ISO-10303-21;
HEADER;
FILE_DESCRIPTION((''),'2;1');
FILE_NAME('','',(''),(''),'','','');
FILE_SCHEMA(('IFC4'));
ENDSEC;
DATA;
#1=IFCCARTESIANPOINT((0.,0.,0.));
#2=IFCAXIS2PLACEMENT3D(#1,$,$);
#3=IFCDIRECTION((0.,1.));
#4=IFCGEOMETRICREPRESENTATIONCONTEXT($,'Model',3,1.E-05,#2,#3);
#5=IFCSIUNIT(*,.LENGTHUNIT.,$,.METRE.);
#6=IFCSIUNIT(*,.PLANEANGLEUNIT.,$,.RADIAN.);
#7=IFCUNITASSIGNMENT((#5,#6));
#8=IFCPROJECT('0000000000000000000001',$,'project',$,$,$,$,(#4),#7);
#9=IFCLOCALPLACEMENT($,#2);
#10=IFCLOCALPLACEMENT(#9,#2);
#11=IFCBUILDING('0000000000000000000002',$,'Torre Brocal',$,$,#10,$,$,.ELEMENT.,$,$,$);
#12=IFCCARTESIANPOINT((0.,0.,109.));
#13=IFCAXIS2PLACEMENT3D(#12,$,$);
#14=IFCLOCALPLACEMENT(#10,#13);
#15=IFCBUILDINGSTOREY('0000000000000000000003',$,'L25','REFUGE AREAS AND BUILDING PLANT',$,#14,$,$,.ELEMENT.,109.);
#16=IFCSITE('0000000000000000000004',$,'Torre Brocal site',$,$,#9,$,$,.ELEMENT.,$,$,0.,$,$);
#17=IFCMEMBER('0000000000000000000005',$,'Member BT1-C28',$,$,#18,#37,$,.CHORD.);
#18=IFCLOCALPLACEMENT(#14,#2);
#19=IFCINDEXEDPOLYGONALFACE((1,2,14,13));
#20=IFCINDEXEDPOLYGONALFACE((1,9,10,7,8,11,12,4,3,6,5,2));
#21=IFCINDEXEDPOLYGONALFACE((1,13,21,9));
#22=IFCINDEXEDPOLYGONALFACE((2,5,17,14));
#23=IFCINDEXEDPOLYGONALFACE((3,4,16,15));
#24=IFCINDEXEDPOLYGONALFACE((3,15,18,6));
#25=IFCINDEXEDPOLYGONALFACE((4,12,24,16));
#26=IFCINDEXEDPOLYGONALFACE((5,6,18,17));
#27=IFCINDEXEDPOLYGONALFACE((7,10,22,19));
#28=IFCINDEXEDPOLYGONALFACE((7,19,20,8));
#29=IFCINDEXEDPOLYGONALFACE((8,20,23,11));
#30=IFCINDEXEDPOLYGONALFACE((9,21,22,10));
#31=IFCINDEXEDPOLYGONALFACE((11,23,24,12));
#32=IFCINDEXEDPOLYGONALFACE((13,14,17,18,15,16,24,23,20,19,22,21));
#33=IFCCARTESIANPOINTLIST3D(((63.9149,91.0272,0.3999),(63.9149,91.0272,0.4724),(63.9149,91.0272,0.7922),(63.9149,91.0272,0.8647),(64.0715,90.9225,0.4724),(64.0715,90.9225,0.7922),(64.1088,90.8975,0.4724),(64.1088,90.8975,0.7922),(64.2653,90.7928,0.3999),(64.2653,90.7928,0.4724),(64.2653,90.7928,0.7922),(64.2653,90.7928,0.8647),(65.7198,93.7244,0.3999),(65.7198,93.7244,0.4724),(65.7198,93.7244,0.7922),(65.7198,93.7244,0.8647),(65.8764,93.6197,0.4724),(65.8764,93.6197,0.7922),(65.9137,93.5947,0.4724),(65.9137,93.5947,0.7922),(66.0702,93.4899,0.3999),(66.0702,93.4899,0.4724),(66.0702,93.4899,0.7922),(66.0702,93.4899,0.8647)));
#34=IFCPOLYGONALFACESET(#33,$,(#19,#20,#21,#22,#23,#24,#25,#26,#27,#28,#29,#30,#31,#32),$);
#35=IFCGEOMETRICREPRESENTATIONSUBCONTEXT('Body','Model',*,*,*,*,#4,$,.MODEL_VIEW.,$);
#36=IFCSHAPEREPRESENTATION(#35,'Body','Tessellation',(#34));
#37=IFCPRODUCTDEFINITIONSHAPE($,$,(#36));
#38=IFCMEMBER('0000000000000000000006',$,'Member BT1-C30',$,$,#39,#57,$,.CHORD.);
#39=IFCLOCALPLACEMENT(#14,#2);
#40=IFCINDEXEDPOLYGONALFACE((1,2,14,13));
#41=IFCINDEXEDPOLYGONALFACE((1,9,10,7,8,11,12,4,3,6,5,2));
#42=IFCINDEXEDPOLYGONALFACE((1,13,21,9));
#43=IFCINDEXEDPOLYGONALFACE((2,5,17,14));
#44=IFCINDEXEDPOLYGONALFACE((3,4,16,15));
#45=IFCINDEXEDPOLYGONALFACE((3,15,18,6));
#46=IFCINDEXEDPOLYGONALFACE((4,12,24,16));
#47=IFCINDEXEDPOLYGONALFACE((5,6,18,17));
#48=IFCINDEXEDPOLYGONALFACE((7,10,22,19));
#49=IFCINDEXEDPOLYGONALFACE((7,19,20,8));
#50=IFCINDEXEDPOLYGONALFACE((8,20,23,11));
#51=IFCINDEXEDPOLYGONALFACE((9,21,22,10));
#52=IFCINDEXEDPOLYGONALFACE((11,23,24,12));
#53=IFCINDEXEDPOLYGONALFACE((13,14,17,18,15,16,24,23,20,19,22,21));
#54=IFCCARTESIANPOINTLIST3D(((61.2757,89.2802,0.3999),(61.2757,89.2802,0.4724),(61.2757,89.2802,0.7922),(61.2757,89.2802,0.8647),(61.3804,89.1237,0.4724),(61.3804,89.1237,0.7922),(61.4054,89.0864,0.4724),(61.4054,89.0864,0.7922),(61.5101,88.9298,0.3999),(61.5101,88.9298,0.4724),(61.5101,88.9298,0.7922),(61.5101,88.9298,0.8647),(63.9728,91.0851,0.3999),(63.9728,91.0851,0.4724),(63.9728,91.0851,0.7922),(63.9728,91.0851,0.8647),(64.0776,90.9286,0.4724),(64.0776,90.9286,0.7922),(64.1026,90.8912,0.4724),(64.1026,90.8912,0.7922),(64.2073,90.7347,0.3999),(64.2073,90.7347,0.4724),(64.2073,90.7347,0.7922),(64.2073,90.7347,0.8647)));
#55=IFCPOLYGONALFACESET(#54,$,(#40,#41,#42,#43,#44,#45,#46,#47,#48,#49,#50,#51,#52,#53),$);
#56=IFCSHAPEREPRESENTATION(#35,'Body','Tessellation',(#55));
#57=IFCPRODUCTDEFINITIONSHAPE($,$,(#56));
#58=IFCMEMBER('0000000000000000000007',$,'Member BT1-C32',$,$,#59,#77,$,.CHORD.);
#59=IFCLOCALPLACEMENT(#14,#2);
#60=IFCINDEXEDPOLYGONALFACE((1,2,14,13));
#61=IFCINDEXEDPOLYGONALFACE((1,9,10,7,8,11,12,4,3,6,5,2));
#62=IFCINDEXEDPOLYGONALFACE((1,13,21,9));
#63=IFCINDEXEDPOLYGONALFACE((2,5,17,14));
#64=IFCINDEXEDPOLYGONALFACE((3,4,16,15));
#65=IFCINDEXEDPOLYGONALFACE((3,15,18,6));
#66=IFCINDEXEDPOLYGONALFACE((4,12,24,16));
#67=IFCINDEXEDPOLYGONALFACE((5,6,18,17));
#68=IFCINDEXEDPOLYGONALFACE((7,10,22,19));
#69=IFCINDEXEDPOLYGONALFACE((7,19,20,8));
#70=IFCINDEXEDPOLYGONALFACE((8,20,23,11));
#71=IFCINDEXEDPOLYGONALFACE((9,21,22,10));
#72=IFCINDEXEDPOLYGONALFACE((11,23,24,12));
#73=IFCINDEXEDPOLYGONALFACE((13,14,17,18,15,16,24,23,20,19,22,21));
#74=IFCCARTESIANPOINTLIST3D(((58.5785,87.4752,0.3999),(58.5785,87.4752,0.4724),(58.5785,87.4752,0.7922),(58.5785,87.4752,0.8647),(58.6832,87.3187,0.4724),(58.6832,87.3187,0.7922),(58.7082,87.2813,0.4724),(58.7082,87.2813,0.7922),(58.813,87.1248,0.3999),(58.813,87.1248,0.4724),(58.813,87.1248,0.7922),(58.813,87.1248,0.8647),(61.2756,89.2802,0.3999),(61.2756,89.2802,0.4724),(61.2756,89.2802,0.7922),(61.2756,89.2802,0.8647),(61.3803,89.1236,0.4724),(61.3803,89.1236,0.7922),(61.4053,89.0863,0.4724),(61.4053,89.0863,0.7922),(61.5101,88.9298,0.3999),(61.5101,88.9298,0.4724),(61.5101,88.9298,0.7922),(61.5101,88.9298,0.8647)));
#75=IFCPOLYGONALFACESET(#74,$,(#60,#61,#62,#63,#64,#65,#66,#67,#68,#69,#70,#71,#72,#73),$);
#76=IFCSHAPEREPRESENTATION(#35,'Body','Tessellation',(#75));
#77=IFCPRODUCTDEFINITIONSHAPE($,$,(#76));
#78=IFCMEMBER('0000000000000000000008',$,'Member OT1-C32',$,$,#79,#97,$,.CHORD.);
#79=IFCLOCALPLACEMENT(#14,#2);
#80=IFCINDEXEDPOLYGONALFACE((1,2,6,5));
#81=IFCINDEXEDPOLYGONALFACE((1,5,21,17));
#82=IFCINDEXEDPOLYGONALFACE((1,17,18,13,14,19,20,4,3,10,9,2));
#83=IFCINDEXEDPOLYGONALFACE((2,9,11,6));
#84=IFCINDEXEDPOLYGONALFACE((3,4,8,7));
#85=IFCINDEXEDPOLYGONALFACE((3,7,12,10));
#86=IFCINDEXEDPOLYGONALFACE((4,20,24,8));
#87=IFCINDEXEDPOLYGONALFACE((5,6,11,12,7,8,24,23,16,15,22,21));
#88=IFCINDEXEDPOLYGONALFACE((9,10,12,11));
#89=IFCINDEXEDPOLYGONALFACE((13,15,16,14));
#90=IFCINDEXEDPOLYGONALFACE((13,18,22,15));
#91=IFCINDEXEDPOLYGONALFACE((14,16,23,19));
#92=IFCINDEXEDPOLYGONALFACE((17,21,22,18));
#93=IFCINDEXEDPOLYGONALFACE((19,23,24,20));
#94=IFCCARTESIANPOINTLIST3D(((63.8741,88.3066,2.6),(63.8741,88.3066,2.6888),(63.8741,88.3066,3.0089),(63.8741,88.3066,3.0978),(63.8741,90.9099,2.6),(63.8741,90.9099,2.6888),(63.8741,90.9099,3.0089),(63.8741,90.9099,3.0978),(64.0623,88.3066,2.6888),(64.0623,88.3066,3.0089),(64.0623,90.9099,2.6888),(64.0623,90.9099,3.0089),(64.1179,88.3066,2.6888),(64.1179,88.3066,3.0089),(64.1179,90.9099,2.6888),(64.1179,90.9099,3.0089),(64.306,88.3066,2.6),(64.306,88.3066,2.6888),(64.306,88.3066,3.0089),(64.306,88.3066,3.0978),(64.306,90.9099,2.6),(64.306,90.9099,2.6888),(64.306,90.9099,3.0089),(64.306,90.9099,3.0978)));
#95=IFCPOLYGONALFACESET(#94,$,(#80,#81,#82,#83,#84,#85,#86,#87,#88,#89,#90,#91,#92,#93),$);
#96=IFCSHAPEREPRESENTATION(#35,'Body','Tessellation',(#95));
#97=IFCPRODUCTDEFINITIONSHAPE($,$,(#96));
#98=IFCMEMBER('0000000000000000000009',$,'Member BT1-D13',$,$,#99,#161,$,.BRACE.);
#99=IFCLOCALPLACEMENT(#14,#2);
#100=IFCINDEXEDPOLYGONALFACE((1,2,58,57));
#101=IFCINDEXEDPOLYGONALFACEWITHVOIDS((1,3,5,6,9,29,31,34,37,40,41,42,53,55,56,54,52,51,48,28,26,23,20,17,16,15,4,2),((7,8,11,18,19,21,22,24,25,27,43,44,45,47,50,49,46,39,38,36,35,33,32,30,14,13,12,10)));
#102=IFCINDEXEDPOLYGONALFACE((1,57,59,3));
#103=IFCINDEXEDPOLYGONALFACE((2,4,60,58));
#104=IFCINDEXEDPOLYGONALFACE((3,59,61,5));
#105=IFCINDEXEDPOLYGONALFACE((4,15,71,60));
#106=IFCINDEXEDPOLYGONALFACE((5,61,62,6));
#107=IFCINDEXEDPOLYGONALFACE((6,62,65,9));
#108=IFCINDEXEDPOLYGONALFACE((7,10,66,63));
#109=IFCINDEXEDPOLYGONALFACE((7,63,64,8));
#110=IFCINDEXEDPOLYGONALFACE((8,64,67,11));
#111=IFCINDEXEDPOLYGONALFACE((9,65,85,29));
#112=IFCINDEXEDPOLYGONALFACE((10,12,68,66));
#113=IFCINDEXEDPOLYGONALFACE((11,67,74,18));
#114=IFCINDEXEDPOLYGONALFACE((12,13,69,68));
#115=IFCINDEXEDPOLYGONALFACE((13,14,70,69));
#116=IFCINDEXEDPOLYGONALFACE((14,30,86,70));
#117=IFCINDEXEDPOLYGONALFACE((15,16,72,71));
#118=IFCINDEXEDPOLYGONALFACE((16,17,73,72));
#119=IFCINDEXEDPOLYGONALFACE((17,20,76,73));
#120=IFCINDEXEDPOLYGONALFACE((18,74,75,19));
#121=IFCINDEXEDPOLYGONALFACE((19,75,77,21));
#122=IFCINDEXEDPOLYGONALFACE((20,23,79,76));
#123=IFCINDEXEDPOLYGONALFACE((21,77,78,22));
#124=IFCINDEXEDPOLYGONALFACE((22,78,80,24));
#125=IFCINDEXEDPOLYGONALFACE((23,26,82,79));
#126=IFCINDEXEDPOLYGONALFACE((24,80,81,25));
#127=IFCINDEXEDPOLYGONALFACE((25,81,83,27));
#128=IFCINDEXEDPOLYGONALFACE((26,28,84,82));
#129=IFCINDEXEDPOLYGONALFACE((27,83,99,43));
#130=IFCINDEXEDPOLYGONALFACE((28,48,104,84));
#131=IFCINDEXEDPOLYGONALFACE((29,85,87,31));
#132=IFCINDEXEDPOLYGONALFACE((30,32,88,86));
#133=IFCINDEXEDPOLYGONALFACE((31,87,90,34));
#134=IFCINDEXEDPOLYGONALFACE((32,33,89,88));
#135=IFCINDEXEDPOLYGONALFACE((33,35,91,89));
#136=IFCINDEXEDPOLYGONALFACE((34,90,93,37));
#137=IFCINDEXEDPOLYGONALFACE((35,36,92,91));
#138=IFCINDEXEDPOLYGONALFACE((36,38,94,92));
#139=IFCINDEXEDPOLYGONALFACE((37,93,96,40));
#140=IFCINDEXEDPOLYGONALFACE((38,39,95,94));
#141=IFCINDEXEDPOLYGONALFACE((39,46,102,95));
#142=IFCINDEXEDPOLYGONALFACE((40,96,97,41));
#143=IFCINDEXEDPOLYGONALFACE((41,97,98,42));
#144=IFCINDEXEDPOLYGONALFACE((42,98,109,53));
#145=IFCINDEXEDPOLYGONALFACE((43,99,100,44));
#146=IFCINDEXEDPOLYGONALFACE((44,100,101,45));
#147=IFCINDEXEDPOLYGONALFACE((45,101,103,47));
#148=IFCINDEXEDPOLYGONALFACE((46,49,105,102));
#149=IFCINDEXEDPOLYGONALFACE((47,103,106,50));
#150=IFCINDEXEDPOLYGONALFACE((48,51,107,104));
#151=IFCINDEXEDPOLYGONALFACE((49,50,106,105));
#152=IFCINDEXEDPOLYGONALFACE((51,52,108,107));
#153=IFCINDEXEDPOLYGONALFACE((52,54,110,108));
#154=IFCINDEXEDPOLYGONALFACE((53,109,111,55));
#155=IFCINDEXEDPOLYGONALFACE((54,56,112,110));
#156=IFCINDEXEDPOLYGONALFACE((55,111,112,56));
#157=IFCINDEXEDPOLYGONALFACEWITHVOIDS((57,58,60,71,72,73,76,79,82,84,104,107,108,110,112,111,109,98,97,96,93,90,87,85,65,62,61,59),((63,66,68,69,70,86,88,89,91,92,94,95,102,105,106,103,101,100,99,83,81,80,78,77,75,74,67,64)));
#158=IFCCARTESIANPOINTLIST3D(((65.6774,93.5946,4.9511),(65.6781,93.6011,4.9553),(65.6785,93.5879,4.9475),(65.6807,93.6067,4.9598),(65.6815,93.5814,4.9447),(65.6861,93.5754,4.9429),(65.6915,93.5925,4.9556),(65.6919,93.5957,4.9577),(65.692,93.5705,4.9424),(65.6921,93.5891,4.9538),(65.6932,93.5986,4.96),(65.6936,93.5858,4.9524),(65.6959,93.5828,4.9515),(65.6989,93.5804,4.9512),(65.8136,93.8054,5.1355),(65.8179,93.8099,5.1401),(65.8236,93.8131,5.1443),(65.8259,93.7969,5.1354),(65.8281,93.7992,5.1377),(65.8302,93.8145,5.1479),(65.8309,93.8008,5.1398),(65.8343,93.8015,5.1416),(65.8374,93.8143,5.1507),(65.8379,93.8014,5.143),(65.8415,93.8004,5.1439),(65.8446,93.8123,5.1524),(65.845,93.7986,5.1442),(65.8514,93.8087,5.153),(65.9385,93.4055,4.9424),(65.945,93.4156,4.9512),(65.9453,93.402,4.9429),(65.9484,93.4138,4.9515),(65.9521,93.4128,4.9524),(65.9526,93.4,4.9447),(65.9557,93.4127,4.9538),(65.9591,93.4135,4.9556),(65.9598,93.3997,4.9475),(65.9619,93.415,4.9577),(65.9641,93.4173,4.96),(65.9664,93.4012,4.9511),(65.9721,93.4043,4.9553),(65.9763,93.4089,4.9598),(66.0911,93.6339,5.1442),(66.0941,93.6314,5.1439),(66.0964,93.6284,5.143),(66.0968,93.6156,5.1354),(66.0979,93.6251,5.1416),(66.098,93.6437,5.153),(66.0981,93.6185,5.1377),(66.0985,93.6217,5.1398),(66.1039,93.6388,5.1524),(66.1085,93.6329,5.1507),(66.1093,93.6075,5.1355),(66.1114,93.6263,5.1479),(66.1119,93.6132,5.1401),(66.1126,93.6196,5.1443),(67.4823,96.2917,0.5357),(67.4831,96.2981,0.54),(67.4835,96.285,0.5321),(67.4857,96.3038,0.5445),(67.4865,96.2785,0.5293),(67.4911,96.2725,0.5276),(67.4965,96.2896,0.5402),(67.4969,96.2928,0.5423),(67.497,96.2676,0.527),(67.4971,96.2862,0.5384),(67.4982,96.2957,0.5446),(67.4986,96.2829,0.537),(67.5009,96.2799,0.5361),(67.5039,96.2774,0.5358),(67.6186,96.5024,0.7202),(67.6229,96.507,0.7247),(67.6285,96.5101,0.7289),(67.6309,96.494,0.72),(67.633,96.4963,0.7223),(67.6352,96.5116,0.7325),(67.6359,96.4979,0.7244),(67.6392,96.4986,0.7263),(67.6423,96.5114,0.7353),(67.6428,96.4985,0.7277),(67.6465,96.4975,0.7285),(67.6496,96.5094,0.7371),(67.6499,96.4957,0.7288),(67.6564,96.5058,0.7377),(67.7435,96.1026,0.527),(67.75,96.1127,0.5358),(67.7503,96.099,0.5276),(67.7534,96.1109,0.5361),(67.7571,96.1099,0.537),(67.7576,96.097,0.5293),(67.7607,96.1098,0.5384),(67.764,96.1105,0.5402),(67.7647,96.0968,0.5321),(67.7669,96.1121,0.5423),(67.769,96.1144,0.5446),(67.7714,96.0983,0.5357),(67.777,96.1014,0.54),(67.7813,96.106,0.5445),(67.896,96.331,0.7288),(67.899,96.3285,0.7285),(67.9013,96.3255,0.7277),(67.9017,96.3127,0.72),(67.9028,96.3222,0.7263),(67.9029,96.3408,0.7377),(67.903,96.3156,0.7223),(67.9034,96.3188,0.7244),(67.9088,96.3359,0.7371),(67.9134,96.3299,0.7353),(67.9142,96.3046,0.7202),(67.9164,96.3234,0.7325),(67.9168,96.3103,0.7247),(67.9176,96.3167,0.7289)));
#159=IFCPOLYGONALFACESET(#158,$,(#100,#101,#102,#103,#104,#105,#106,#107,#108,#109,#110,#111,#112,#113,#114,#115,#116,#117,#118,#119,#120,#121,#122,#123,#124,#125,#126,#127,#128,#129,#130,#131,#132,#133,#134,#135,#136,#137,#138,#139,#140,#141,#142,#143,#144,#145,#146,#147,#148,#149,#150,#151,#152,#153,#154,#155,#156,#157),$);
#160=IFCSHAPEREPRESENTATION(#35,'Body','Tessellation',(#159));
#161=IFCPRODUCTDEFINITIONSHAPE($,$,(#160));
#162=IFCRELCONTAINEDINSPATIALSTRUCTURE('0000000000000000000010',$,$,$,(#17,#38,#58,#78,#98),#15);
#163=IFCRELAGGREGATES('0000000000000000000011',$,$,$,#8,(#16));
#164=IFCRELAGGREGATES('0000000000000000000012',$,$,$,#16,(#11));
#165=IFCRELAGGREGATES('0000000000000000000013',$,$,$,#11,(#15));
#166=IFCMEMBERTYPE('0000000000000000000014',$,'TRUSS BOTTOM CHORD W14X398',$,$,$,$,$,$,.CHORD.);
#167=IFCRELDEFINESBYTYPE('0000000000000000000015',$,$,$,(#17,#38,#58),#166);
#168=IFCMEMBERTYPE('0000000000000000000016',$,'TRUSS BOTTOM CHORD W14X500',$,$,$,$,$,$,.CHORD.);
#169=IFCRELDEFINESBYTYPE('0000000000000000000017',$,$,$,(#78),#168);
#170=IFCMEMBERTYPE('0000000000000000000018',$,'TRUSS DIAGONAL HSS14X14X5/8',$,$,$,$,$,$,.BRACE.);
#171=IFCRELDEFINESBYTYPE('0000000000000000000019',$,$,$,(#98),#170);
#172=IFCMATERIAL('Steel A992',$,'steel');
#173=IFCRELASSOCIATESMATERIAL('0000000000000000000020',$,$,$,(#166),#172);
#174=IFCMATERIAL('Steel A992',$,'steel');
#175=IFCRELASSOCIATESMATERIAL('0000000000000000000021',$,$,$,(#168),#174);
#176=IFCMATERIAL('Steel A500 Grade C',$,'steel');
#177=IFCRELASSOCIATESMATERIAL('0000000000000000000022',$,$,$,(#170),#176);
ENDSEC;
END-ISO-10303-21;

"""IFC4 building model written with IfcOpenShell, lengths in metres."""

from ifc_helpers import new_model, si_unit, direction, frame, origin, origin_2d, place, context, subcontext, project, spatial, hollow_rectangle, i_section, extrude, material, material_profile, profile_set, type_object, element, save


model = new_model("IFC4")

# Units and contexts
model_context = context("Model", 3, precision=1e-05, world=origin(), true_north=direction((0.0, 1.0)))
body_context = subcontext(model_context, "Body", "Model", "MODEL_VIEW")
ifc_project = project(units=[si_unit("LENGTHUNIT", "METRE"), si_unit("PLANEANGLEUNIT", "RADIAN")], contexts=[model_context])

# Site, building, storey
site_placement = place(None, origin())
site = spatial("IfcSite", under=ifc_project, at=site_placement, Name="Torre Brocal site", CompositionType="ELEMENT", RefElevation=0.0)
building_placement = place(site_placement, origin())
building = spatial("IfcBuilding", under=site, at=building_placement, Name="Torre Brocal", CompositionType="ELEMENT")
storey_placement = place(building_placement, frame((0.0, 0.0, 109.0)))
storey = spatial("IfcBuildingStorey", under=building, at=storey_placement, Name="L25", Description="REFUGE AREAS AND BUILDING PLANT", CompositionType="ELEMENT", Elevation=109.0)

# Members
ifc_material_1 = material(Name="Steel A992", Category="steel")
ifc_material_profile_1 = material_profile(ifc_material_1, i_section(OverallWidth=0.4216, OverallDepth=0.4648, WebThickness=0.0449, FlangeThickness=0.0725, at=origin_2d()), Name="W14X398")
ifc_profile_set_1 = profile_set([ifc_material_profile_1], Name="Steel A992")
member_type_1 = type_object("IfcMemberType", Name="TRUSS BOTTOM CHORD W14X398", PredefinedType="CHORD", material=ifc_profile_set_1)
for number, where, z_axis, x_axis, name in (
    (1, (65.895, 93.6072, 0.6323), (-0.55614, -0.831088, 0.0), (0.831088, -0.55614, 0.0), "Member BT1-C28"),
    (2, (64.0901, 90.9099, 0.6323), (-0.831088, -0.55614, 0.0), (0.55614, -0.831088, 0.0), "Member BT1-C30"),
    (3, (61.3928, 89.105, 0.6323), (-0.831065, -0.556175, 0.0), (0.556175, -0.831065, 0.0), "Member BT1-C32"),
):
    element("IfcMember", number, at=place(storey_placement, frame(where, z_axis=z_axis, x_axis=x_axis)), inside=storey, type_object=member_type_1, Name=name, PredefinedType="CHORD", context=body_context, shape_type="SweptSolid", body=[
        extrude(i_section(OverallWidth=0.4216, OverallDepth=0.4648, WebThickness=0.0449, FlangeThickness=0.0725, at=origin_2d()), origin(), (0.0, 0.0, 1.0), 3.2454),
    ])
ifc_material_2 = material(Name="Steel A992", Category="steel")
ifc_material_profile_2 = material_profile(ifc_material_2, i_section(OverallWidth=0.4319, OverallDepth=0.4978, WebThickness=0.0557, FlangeThickness=0.0889, at=origin_2d()), Name="W14X500")
ifc_profile_set_2 = profile_set([ifc_material_profile_2], Name="Steel A992")
member_type_2 = type_object("IfcMemberType", Name="TRUSS BOTTOM CHORD W14X500", PredefinedType="CHORD", material=ifc_profile_set_2)
member_1_placement = place(storey_placement, frame((64.0901, 88.3066, 2.8489), z_axis=(0.0, 1.0, 0.0), x_axis=(-1.0, 0.0, 0.0)))
element("IfcMember", 4, at=member_1_placement, inside=storey, type_object=member_type_2, Name="Member OT1-C32", PredefinedType="CHORD", context=body_context, shape_type="SweptSolid", body=[
    extrude(i_section(OverallWidth=0.4319, OverallDepth=0.4978, WebThickness=0.0557, FlangeThickness=0.0889, at=origin_2d()), origin(), (0.0, 0.0, 1.0), 2.6033),
])
ifc_material_3 = material(Name="Steel A500 Grade C", Category="steel")
ifc_material_profile_3 = material_profile(ifc_material_3, hollow_rectangle(XDim=0.3557, YDim=0.3557, WallThickness=0.0149, InnerFilletRadius=0.0149, OuterFilletRadius=0.0295, at=origin_2d()), Name="HSS14X14X5/8")
ifc_profile_set_3 = profile_set([ifc_material_profile_3], Name="Steel A500 Grade C")
member_type_3 = type_object("IfcMemberType", Name="TRUSS DIAGONAL HSS14X14X5/8", PredefinedType="BRACE", material=ifc_profile_set_3)
for number, where, z_axis, x_axis, name in (
    (5, (67.7, 96.3042, 0.6323), (-0.329389, -0.49219, 0.805762), (0.831065, -0.556175, 0.0), "Member BT1-D13"),
):
    element("IfcMember", number, at=place(storey_placement, frame(where, z_axis=z_axis, x_axis=x_axis)), inside=storey, type_object=member_type_3, Name=name, PredefinedType="BRACE", context=body_context, shape_type="SweptSolid", body=[
        extrude(hollow_rectangle(XDim=0.3557, YDim=0.3557, WallThickness=0.0149, InnerFilletRadius=0.0149, OuterFilletRadius=0.0295, at=origin_2d()), origin(), (0.0, 0.0, 1.0), 5.4797),
    ])

save(model, "model.ifc")
